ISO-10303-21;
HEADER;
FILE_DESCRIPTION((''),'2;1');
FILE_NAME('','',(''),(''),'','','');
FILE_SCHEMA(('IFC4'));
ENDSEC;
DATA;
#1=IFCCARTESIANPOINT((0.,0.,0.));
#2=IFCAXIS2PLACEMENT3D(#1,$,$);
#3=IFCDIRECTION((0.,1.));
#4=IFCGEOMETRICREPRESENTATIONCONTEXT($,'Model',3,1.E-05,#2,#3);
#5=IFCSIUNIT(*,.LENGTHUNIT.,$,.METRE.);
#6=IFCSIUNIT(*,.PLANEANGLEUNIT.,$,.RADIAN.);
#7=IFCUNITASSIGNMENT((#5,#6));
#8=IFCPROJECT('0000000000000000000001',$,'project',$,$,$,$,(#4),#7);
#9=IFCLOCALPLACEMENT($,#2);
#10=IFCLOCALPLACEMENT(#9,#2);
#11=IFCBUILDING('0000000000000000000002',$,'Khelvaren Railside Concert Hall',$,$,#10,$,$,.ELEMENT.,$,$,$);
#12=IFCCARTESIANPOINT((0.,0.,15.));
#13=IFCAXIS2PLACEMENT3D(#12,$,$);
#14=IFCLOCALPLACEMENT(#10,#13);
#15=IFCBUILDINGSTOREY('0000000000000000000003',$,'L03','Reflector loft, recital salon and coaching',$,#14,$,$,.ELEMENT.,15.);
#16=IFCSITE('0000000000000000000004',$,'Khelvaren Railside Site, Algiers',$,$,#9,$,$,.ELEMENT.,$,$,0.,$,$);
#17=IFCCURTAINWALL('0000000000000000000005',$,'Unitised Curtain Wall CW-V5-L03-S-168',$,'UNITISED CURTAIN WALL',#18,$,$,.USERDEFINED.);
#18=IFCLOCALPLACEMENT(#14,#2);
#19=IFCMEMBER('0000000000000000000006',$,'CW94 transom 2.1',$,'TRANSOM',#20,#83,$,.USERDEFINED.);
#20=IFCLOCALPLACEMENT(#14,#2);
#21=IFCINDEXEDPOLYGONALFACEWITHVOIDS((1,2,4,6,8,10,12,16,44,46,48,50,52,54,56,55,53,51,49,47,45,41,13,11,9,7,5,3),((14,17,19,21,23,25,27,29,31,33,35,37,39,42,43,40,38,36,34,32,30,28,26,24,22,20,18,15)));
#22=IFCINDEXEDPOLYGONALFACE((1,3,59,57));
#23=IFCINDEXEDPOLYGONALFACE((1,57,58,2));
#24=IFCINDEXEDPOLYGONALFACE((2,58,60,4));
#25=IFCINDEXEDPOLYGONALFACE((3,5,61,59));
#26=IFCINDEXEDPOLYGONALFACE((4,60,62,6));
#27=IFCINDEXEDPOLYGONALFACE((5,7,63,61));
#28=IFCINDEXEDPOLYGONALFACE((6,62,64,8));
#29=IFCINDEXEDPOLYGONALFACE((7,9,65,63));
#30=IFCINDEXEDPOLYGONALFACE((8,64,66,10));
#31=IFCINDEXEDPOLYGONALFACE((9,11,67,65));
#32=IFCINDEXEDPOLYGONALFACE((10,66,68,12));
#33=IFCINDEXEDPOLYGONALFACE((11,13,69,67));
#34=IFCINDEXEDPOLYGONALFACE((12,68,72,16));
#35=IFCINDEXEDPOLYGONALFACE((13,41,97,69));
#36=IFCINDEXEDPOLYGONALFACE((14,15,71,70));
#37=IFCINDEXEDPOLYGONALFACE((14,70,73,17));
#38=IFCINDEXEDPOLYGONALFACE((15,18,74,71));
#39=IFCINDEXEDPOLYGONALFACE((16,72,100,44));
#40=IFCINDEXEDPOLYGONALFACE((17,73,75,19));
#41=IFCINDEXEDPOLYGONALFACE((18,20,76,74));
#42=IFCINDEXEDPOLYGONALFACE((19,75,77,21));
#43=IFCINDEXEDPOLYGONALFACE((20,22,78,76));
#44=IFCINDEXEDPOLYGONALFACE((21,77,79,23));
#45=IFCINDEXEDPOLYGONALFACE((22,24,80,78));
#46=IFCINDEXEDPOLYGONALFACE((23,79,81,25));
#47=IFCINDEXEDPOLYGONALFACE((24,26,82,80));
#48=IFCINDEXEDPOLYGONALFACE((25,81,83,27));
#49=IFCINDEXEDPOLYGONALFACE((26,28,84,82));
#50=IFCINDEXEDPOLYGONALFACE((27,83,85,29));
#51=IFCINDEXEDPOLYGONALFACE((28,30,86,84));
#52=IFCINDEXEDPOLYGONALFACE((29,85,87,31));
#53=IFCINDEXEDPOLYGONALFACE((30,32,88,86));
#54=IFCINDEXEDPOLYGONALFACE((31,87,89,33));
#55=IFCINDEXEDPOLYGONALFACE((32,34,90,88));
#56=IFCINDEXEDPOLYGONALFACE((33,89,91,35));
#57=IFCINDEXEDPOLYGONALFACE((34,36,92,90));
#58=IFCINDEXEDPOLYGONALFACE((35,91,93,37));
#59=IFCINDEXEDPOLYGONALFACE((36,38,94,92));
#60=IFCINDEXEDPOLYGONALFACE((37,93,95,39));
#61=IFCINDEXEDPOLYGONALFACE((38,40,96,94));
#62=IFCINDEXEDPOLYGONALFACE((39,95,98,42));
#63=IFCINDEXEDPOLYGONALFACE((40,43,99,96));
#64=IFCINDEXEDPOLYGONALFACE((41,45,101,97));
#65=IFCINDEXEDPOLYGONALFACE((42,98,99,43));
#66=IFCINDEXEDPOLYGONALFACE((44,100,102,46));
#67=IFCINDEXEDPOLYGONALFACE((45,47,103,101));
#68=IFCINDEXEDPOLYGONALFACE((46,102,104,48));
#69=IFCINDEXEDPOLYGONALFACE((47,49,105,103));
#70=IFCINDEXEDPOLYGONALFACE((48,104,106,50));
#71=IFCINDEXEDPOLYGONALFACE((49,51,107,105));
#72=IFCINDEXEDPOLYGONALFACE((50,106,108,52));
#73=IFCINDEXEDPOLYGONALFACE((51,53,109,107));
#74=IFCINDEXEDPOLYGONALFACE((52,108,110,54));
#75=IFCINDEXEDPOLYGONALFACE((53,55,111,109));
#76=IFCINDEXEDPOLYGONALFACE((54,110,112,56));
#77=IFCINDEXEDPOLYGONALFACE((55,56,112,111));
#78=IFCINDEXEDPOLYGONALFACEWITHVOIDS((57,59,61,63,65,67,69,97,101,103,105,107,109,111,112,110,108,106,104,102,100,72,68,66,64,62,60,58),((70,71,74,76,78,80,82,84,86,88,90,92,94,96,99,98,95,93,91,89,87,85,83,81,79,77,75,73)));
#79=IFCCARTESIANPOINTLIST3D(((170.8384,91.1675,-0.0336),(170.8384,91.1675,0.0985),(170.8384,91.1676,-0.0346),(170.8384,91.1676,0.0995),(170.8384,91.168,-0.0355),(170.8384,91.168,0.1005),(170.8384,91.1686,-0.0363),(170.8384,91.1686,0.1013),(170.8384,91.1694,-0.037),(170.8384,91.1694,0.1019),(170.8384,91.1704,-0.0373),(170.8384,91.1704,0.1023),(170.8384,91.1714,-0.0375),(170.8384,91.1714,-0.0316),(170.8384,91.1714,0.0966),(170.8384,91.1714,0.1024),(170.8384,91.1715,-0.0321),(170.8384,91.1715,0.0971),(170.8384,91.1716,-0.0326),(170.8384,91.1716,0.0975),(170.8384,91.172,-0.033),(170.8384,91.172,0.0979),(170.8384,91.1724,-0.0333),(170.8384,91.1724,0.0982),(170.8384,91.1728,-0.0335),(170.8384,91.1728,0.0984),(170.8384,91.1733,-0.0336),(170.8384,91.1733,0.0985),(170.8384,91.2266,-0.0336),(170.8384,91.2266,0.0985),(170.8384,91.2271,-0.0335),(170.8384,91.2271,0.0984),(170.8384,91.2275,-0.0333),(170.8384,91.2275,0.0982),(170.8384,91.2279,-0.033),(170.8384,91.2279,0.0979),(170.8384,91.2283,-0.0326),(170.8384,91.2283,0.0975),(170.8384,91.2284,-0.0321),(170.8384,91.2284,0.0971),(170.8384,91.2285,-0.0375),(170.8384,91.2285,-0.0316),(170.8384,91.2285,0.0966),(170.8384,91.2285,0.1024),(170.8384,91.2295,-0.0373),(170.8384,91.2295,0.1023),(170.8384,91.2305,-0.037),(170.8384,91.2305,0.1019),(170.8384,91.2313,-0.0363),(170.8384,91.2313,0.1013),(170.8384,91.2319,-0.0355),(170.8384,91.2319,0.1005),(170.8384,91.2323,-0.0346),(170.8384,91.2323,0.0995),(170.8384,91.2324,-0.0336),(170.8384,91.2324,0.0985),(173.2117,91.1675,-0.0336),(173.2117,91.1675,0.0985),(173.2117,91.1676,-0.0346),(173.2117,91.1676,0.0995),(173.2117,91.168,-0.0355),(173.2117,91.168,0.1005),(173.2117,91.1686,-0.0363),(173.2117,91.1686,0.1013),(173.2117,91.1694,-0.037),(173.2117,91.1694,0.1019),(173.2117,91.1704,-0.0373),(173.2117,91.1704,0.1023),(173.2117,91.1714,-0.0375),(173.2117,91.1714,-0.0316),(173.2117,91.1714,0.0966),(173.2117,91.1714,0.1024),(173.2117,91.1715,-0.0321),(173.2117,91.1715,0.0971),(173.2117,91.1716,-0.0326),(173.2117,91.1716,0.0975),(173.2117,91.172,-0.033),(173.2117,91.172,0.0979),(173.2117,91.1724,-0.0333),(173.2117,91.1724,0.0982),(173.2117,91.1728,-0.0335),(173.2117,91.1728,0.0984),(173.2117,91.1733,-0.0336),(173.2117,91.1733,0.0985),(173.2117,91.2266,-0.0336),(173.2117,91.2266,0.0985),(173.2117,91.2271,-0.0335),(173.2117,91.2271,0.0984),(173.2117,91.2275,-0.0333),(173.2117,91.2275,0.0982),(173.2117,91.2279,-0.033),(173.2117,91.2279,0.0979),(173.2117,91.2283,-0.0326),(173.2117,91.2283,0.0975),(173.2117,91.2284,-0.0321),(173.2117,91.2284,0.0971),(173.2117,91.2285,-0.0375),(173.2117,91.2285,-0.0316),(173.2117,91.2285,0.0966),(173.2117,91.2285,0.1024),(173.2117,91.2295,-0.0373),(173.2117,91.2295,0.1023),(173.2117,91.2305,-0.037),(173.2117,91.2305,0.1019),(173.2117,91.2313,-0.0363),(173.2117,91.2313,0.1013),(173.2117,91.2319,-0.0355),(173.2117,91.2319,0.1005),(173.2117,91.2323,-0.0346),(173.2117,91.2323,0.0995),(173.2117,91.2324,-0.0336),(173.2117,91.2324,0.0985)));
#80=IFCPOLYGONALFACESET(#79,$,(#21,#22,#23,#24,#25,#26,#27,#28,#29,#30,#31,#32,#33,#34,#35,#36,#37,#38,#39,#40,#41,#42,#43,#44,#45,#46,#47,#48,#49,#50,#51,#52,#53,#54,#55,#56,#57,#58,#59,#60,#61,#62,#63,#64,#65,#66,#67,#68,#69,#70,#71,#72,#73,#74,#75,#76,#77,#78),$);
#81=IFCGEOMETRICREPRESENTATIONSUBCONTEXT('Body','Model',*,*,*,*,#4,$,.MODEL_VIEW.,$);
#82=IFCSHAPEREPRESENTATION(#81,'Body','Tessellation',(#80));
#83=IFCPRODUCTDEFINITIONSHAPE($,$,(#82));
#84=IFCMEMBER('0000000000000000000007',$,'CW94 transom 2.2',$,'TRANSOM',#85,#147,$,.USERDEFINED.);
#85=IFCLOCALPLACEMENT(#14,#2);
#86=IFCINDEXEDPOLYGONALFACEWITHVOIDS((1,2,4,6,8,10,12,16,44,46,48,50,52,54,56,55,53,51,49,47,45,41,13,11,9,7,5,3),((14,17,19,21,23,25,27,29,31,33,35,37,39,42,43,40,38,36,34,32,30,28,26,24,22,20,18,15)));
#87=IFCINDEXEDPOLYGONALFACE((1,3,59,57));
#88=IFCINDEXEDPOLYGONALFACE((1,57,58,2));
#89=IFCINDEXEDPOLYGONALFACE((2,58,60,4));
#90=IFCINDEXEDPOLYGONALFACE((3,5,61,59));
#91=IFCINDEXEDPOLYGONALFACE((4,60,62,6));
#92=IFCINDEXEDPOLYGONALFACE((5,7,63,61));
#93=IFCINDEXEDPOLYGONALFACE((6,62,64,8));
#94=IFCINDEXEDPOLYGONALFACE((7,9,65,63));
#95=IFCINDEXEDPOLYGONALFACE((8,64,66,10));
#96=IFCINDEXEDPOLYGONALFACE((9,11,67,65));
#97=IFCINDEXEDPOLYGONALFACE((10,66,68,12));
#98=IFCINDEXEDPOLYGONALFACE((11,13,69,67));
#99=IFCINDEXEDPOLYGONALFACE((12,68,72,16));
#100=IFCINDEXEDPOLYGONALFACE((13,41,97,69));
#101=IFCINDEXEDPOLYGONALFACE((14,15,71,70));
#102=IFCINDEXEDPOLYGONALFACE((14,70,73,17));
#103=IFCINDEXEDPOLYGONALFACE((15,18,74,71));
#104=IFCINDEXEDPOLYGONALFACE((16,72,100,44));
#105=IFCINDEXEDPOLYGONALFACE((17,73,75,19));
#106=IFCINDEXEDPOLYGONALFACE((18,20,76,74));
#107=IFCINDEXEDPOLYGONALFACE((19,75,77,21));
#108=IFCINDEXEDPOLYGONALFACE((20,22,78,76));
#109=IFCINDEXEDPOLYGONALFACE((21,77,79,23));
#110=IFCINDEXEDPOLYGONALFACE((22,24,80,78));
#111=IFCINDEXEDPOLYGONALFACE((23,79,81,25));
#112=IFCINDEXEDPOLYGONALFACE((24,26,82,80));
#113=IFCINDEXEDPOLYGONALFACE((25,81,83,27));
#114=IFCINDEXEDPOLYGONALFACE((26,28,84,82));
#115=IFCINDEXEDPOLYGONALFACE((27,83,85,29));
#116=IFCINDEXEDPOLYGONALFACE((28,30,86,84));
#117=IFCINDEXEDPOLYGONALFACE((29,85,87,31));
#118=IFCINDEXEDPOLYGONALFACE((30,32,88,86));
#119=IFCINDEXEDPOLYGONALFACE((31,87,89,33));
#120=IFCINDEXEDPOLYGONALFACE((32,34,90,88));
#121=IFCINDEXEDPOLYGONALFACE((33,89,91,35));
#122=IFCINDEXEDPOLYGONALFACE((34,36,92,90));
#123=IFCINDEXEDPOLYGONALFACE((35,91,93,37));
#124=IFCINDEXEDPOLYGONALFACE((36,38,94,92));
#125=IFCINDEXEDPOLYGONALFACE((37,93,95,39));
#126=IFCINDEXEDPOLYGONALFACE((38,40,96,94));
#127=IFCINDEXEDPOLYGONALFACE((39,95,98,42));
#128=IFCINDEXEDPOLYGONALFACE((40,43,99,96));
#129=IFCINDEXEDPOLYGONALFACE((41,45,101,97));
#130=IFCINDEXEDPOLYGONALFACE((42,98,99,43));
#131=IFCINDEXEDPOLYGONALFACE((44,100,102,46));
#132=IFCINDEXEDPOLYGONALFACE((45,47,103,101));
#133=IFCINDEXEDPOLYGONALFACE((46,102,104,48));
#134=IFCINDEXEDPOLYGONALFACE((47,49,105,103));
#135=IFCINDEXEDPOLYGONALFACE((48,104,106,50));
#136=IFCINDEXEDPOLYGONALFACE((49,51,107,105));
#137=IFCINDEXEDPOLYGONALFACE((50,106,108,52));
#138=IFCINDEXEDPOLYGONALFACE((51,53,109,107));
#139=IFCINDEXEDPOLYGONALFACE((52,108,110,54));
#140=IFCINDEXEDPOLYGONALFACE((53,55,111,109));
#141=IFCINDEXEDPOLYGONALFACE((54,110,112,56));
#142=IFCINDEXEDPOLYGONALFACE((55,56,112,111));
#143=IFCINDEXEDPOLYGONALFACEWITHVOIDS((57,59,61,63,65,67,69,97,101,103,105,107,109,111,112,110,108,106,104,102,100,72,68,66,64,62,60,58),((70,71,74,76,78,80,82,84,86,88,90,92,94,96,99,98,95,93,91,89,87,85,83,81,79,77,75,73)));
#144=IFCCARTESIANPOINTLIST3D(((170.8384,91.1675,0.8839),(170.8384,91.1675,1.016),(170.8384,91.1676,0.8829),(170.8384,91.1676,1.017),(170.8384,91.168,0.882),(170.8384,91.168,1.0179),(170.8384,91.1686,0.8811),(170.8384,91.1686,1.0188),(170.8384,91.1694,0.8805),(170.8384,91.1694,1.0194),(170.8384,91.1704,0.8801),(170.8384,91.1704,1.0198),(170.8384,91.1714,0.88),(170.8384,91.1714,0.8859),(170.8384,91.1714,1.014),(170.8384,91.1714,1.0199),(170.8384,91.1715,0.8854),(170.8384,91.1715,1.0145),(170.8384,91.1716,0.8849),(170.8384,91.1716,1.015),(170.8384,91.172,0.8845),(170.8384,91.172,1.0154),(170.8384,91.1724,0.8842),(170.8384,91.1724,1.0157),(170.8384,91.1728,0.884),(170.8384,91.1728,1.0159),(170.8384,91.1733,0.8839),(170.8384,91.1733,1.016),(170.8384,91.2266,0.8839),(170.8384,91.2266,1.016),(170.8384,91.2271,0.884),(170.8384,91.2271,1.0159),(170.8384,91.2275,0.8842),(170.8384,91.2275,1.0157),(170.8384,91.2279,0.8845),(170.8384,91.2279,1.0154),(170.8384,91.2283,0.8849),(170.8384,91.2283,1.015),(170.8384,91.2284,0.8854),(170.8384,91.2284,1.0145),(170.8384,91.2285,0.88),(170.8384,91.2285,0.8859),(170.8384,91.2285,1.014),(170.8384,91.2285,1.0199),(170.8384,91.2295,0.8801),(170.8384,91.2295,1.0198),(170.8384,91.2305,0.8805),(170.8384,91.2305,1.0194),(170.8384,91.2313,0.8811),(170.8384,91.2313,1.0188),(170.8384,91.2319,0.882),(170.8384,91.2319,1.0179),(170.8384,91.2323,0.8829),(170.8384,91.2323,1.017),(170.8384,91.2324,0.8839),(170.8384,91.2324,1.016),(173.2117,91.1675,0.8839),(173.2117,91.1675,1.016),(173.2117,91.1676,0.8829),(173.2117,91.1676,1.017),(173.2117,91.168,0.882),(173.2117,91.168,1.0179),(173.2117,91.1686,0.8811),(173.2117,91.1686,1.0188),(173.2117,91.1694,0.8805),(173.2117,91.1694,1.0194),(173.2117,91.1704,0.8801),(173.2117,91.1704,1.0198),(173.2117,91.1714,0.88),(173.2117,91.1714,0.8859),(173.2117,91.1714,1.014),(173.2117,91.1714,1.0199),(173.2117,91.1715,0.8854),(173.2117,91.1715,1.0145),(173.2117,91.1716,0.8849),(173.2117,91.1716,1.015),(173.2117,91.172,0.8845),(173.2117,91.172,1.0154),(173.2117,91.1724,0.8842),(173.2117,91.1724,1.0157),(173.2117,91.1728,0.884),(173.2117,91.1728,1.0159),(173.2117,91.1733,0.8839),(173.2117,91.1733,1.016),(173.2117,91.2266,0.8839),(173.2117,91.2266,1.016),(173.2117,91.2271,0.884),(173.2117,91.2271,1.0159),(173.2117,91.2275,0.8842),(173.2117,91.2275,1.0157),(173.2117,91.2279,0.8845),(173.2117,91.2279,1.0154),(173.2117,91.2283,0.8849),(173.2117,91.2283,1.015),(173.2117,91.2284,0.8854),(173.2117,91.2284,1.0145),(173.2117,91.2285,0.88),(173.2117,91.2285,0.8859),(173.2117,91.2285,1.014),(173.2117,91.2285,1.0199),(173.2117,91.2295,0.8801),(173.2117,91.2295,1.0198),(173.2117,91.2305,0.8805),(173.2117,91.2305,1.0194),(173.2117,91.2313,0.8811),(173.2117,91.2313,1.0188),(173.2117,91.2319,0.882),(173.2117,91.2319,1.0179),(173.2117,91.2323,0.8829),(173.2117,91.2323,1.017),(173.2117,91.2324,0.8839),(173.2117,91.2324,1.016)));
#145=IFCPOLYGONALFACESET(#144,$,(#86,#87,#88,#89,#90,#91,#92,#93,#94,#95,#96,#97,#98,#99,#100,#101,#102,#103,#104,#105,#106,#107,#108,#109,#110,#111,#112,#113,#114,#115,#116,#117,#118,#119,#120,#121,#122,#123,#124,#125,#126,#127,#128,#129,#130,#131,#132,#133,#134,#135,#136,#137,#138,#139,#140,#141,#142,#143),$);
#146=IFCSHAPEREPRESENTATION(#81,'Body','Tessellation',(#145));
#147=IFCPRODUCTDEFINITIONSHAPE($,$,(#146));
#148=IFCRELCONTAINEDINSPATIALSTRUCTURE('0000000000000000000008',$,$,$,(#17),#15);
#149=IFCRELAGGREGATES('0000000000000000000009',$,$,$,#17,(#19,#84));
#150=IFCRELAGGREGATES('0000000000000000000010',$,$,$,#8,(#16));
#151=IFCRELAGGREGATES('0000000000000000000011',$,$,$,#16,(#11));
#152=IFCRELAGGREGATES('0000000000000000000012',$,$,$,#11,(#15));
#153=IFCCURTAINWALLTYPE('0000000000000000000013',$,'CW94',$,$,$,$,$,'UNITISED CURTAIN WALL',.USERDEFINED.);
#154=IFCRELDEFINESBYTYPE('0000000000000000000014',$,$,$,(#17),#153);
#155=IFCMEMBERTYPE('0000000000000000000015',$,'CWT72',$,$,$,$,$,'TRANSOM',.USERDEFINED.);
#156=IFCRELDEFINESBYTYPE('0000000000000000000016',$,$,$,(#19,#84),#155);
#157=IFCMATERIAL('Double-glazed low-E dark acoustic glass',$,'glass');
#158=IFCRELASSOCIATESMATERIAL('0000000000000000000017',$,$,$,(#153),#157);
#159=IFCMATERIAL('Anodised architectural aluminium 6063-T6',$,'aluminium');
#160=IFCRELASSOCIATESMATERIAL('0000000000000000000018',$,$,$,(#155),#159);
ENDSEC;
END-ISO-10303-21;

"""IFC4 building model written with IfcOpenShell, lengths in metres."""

from ifc_helpers import new_model, si_unit, direction, frame, origin, origin_2d, place, context, subcontext, project, spatial, hollow_rectangle, extrude, material, material_profile, profile_set, type_object, element, aggregate, save


model = new_model("IFC4")

# Units and contexts
model_context = context("Model", 3, precision=1e-05, world=origin(), true_north=direction((0.0, 1.0)))
body_context = subcontext(model_context, "Body", "Model", "MODEL_VIEW")
ifc_project = project(units=[si_unit("LENGTHUNIT", "METRE"), si_unit("PLANEANGLEUNIT", "RADIAN")], contexts=[model_context])

# Site, building, storey
site_placement = place(None, origin())
site = spatial("IfcSite", under=ifc_project, at=site_placement, Name="Khelvaren Railside Site, Algiers", CompositionType="ELEMENT", RefElevation=0.0)
building_placement = place(site_placement, origin())
building = spatial("IfcBuilding", under=site, at=building_placement, Name="Khelvaren Railside Concert Hall", CompositionType="ELEMENT")
storey_placement = place(building_placement, frame((0.0, 0.0, 15.0)))
storey = spatial("IfcBuildingStorey", under=building, at=storey_placement, Name="L03", Description="Reflector loft, recital salon and coaching", CompositionType="ELEMENT", Elevation=15.0)

# Curtain wall
ifc_material_1 = material(Name="Double-glazed low-E dark acoustic glass", Category="glass")
curtain_wall_type_1 = type_object("IfcCurtainWallType", Name="CW94", ElementType="UNITISED CURTAIN WALL", PredefinedType="USERDEFINED", material=ifc_material_1)
curtain_wall_1_placement = place(storey_placement, origin())
curtain_wall_1 = element("IfcCurtainWall", 1, at=curtain_wall_1_placement, inside=storey, type_object=curtain_wall_type_1, Name="Unitised Curtain Wall CW-V5-L03-S-168", ObjectType="UNITISED CURTAIN WALL", PredefinedType="USERDEFINED")
ifc_material_2 = material(Name="Anodised architectural aluminium 6063-T6", Category="aluminium")

# Members
ifc_material_profile_1 = material_profile(ifc_material_2, hollow_rectangle(XDim=0.0649, YDim=0.1399, WallThickness=0.0039, InnerFilletRadius=0.002, OuterFilletRadius=0.0039, at=origin_2d()), Name="CWT 65x140x4")
ifc_profile_set_1 = profile_set([ifc_material_profile_1], Name="Anodised architectural aluminium 6063-T6")
member_type_1 = type_object("IfcMemberType", Name="CWT72", ElementType="TRANSOM", PredefinedType="USERDEFINED", material=ifc_profile_set_1)
member_1_placement = place(storey_placement, frame((173.2117, 91.2, 0.0325), z_axis=(-1.0, 0.0, 0.0), x_axis=(0.0, -1.0, 0.0)))
member_1 = element("IfcMember", 2, at=member_1_placement, type_object=member_type_1, Name="CW94 transom 2.1", ObjectType="TRANSOM", PredefinedType="USERDEFINED", context=body_context, shape_type="SweptSolid", body=[
    extrude(hollow_rectangle(XDim=0.0649, YDim=0.1399, WallThickness=0.0039, InnerFilletRadius=0.002, OuterFilletRadius=0.0039, at=origin_2d()), origin(), (0.0, 0.0, 1.0), 2.3733),
])
member_2_placement = place(storey_placement, frame((173.2117, 91.2, 0.95), z_axis=(-1.0, 0.0, 0.0), x_axis=(0.0, -1.0, 0.0)))
member_2 = element("IfcMember", 3, at=member_2_placement, type_object=member_type_1, Name="CW94 transom 2.2", ObjectType="TRANSOM", PredefinedType="USERDEFINED", context=body_context, shape_type="SweptSolid", body=[
    extrude(hollow_rectangle(XDim=0.0649, YDim=0.1399, WallThickness=0.0039, InnerFilletRadius=0.002, OuterFilletRadius=0.0039, at=origin_2d()), origin(), (0.0, 0.0, 1.0), 2.3733),
])

aggregate(curtain_wall_1, [member_1, member_2])

save(model, "model.ifc")
